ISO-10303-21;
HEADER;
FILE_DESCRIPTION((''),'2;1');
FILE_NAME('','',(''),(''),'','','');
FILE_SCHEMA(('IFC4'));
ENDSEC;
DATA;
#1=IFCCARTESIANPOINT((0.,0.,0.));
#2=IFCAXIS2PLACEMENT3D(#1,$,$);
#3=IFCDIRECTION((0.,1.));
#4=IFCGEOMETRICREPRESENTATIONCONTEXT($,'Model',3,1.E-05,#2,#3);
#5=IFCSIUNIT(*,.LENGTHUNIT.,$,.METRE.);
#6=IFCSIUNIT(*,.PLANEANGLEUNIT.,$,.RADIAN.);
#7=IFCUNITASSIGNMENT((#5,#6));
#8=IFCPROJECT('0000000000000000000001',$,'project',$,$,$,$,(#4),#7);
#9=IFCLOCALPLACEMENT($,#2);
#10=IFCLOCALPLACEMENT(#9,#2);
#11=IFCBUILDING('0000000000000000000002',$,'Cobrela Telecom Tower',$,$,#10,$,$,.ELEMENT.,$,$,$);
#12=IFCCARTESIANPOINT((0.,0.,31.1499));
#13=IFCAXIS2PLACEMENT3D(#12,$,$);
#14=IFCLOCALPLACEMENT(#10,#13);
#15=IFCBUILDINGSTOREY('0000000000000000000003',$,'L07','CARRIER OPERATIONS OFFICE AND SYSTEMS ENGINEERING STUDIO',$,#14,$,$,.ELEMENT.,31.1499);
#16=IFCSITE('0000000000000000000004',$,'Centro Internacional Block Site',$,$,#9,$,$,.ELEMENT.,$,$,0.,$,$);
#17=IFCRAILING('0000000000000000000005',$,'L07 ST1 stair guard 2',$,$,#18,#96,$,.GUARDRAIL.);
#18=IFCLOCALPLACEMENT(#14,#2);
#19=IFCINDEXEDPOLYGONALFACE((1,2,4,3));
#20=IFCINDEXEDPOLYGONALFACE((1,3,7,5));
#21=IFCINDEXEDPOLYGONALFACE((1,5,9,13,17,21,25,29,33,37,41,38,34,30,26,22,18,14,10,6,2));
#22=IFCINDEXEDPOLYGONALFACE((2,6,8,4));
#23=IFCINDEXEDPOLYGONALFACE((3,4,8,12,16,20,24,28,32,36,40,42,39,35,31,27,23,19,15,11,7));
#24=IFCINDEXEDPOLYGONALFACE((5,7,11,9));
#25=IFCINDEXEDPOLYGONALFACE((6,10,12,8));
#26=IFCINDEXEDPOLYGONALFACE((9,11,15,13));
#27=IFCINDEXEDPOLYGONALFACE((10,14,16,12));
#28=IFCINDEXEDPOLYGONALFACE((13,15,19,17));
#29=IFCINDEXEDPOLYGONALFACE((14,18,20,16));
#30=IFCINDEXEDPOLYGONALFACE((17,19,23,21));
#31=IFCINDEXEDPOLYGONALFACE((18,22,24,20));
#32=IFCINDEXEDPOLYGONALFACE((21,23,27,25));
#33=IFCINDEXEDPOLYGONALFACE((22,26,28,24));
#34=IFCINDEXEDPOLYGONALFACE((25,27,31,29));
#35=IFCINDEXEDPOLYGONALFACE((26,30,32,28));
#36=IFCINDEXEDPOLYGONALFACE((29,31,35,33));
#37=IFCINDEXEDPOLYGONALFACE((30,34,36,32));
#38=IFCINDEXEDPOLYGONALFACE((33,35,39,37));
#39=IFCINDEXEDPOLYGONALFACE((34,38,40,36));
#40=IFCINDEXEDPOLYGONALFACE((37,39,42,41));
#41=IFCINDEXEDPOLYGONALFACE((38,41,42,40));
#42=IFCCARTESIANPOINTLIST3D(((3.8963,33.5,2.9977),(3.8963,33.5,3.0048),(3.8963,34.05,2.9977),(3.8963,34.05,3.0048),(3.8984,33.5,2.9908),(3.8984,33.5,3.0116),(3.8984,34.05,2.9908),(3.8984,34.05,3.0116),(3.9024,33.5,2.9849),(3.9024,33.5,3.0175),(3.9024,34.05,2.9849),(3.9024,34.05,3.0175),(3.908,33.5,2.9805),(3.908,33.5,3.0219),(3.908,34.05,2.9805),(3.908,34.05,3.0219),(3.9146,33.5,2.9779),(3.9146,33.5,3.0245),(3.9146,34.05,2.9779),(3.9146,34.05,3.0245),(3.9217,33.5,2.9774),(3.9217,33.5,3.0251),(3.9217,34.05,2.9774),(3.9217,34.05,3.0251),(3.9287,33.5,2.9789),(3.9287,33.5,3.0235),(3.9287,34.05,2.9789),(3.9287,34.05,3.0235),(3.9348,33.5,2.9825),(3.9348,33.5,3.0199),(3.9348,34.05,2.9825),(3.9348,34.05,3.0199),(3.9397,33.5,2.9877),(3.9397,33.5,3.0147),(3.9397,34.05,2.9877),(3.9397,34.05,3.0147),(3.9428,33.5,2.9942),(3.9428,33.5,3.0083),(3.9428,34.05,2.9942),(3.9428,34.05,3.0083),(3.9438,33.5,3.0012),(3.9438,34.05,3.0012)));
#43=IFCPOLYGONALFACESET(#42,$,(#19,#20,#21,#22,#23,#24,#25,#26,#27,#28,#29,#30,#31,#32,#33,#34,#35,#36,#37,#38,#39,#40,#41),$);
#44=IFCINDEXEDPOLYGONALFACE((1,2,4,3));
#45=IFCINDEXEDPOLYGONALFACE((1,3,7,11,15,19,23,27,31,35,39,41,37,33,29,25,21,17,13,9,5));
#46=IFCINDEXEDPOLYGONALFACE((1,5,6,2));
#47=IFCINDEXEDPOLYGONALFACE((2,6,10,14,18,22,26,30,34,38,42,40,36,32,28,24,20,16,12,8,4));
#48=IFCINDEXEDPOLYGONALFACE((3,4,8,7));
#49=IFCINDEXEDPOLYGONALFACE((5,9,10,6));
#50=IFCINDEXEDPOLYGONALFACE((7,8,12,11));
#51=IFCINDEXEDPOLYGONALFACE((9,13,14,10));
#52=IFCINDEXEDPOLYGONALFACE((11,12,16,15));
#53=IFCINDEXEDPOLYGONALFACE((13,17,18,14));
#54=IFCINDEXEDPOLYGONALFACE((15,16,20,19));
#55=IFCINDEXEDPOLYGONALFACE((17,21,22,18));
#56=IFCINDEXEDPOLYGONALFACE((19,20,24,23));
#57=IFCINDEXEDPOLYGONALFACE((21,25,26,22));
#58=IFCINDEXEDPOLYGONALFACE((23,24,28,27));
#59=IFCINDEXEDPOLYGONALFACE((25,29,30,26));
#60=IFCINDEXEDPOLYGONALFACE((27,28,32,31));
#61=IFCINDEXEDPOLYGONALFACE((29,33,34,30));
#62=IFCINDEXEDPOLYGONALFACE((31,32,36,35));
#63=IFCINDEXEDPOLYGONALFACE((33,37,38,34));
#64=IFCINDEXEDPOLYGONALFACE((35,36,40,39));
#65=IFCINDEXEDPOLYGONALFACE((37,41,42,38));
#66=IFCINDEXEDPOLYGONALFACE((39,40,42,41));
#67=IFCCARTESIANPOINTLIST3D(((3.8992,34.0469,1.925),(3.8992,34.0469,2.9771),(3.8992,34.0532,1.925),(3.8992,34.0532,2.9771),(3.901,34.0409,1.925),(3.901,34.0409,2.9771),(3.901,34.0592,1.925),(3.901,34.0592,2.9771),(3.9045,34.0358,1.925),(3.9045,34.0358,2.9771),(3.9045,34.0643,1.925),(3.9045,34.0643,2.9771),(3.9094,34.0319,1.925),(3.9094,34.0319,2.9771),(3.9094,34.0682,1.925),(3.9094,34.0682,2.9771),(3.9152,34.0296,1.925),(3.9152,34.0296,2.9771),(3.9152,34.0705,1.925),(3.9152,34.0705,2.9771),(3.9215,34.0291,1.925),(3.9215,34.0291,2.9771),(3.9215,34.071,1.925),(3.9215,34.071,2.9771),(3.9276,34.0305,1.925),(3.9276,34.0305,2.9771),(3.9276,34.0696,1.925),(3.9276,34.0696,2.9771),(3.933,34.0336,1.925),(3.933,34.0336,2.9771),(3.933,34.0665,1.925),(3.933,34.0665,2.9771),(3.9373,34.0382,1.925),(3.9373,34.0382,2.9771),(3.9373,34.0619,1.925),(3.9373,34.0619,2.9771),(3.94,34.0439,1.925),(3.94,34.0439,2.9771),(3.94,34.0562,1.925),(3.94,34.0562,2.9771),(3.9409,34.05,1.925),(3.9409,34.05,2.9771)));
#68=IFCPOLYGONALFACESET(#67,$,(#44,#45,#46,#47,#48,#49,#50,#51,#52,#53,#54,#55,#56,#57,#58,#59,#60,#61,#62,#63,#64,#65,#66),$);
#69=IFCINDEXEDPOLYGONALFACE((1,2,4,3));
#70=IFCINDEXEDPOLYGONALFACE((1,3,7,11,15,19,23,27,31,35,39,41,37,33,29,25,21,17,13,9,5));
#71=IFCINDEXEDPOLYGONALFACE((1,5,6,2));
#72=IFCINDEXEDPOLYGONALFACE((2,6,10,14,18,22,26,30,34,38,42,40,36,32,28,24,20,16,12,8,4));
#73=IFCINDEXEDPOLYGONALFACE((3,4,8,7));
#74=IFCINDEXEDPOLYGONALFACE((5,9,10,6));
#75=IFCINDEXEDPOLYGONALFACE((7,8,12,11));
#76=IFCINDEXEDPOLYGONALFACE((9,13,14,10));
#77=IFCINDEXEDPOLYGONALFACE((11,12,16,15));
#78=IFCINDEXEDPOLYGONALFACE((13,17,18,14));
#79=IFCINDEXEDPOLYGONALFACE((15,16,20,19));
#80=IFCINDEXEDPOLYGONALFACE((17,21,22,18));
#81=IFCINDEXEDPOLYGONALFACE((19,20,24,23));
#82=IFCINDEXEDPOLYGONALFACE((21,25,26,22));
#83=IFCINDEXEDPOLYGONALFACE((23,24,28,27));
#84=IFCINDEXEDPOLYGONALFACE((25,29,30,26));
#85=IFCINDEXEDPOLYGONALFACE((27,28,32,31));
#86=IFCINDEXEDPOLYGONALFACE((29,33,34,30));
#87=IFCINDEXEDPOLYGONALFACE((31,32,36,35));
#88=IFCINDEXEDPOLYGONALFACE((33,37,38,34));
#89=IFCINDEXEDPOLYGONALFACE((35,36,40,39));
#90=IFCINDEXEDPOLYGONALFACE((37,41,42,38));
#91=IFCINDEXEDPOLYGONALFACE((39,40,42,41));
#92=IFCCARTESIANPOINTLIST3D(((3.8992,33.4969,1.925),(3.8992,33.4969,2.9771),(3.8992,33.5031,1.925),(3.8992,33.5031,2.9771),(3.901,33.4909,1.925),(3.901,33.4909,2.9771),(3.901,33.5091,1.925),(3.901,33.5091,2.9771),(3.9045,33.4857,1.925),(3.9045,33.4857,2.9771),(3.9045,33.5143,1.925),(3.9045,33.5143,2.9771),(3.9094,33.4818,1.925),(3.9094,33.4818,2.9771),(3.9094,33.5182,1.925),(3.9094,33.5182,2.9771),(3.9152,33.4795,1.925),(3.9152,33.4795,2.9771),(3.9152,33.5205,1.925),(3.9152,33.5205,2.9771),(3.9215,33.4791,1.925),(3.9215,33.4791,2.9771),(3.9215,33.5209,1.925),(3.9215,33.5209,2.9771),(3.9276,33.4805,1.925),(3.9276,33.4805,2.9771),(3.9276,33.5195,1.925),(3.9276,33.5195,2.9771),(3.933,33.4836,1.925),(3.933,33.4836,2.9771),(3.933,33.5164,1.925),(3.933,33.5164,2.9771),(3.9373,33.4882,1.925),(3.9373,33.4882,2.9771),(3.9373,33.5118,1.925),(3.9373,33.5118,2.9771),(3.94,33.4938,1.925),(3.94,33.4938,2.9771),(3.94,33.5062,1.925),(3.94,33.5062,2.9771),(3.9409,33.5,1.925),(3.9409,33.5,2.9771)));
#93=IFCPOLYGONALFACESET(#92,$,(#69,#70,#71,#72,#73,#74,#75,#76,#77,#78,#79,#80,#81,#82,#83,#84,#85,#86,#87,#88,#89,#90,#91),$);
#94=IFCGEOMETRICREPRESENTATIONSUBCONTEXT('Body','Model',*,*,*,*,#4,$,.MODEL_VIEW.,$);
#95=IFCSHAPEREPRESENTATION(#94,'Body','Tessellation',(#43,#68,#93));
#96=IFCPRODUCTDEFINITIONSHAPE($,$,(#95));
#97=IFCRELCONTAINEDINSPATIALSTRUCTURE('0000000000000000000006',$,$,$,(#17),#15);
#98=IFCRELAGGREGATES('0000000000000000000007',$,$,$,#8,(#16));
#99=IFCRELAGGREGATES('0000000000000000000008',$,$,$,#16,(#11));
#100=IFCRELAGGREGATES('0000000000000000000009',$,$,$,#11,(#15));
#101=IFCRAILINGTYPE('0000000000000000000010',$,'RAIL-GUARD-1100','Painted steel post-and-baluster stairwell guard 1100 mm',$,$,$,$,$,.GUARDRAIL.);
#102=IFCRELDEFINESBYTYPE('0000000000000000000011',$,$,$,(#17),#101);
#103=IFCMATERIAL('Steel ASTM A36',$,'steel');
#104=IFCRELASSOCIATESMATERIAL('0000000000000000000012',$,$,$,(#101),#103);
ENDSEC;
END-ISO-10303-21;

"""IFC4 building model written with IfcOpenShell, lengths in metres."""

from ifc_helpers import new_model, si_unit, direction, frame, origin, origin_2d, place, context, subcontext, project, spatial, circle, extrude, material, type_object, element, save


model = new_model("IFC4")

# Units and contexts
model_context = context("Model", 3, precision=1e-05, world=origin(), true_north=direction((0.0, 1.0)))
body_context = subcontext(model_context, "Body", "Model", "MODEL_VIEW")
ifc_project = project(units=[si_unit("LENGTHUNIT", "METRE"), si_unit("PLANEANGLEUNIT", "RADIAN")], contexts=[model_context])

# Site, building, storey
site_placement = place(None, origin())
site = spatial("IfcSite", under=ifc_project, at=site_placement, Name="Centro Internacional Block Site", CompositionType="ELEMENT", RefElevation=0.0)
building_placement = place(site_placement, origin())
building = spatial("IfcBuilding", under=site, at=building_placement, Name="Cobrela Telecom Tower", CompositionType="ELEMENT")
storey_placement = place(building_placement, frame((0.0, 0.0, 31.1499)))
storey = spatial("IfcBuildingStorey", under=building, at=storey_placement, Name="L07", Description="CARRIER OPERATIONS OFFICE AND SYSTEMS ENGINEERING STUDIO", CompositionType="ELEMENT", Elevation=31.1499)

# Shared definitions
ifc_material_1 = material(Name="Steel ASTM A36", Category="steel")

# Railing
railing_type_1 = type_object("IfcRailingType", Name="RAIL-GUARD-1100", Description="Painted steel post-and-baluster stairwell guard 1100 mm", PredefinedType="GUARDRAIL", material=ifc_material_1)
railing_1_placement = place(storey_placement, frame((3.9199, 34.05, 1.925)))
element("IfcRailing", 1, at=railing_1_placement, inside=storey, type_object=railing_type_1, Name="L07 ST1 stair guard 2", PredefinedType="GUARDRAIL", context=body_context, shape_type="SweptSolid", body=[
    extrude(circle(Radius=0.0239, at=origin_2d()), frame((0.0, 0.0, 1.0762), z_axis=(0.0, -1.0, 0.0), x_axis=(1.0, 0.0, 0.0)), (0.0, 0.0, 1.0), 0.55),
    extrude(circle(Radius=0.021, at=origin_2d()), origin(), (0.0, 0.0, 1.0), 1.052),
    extrude(circle(Radius=0.021, at=origin_2d()), frame((0.0, -0.55, 0.0)), (0.0, 0.0, 1.0), 1.052),
])

save(model, "model.ifc")
